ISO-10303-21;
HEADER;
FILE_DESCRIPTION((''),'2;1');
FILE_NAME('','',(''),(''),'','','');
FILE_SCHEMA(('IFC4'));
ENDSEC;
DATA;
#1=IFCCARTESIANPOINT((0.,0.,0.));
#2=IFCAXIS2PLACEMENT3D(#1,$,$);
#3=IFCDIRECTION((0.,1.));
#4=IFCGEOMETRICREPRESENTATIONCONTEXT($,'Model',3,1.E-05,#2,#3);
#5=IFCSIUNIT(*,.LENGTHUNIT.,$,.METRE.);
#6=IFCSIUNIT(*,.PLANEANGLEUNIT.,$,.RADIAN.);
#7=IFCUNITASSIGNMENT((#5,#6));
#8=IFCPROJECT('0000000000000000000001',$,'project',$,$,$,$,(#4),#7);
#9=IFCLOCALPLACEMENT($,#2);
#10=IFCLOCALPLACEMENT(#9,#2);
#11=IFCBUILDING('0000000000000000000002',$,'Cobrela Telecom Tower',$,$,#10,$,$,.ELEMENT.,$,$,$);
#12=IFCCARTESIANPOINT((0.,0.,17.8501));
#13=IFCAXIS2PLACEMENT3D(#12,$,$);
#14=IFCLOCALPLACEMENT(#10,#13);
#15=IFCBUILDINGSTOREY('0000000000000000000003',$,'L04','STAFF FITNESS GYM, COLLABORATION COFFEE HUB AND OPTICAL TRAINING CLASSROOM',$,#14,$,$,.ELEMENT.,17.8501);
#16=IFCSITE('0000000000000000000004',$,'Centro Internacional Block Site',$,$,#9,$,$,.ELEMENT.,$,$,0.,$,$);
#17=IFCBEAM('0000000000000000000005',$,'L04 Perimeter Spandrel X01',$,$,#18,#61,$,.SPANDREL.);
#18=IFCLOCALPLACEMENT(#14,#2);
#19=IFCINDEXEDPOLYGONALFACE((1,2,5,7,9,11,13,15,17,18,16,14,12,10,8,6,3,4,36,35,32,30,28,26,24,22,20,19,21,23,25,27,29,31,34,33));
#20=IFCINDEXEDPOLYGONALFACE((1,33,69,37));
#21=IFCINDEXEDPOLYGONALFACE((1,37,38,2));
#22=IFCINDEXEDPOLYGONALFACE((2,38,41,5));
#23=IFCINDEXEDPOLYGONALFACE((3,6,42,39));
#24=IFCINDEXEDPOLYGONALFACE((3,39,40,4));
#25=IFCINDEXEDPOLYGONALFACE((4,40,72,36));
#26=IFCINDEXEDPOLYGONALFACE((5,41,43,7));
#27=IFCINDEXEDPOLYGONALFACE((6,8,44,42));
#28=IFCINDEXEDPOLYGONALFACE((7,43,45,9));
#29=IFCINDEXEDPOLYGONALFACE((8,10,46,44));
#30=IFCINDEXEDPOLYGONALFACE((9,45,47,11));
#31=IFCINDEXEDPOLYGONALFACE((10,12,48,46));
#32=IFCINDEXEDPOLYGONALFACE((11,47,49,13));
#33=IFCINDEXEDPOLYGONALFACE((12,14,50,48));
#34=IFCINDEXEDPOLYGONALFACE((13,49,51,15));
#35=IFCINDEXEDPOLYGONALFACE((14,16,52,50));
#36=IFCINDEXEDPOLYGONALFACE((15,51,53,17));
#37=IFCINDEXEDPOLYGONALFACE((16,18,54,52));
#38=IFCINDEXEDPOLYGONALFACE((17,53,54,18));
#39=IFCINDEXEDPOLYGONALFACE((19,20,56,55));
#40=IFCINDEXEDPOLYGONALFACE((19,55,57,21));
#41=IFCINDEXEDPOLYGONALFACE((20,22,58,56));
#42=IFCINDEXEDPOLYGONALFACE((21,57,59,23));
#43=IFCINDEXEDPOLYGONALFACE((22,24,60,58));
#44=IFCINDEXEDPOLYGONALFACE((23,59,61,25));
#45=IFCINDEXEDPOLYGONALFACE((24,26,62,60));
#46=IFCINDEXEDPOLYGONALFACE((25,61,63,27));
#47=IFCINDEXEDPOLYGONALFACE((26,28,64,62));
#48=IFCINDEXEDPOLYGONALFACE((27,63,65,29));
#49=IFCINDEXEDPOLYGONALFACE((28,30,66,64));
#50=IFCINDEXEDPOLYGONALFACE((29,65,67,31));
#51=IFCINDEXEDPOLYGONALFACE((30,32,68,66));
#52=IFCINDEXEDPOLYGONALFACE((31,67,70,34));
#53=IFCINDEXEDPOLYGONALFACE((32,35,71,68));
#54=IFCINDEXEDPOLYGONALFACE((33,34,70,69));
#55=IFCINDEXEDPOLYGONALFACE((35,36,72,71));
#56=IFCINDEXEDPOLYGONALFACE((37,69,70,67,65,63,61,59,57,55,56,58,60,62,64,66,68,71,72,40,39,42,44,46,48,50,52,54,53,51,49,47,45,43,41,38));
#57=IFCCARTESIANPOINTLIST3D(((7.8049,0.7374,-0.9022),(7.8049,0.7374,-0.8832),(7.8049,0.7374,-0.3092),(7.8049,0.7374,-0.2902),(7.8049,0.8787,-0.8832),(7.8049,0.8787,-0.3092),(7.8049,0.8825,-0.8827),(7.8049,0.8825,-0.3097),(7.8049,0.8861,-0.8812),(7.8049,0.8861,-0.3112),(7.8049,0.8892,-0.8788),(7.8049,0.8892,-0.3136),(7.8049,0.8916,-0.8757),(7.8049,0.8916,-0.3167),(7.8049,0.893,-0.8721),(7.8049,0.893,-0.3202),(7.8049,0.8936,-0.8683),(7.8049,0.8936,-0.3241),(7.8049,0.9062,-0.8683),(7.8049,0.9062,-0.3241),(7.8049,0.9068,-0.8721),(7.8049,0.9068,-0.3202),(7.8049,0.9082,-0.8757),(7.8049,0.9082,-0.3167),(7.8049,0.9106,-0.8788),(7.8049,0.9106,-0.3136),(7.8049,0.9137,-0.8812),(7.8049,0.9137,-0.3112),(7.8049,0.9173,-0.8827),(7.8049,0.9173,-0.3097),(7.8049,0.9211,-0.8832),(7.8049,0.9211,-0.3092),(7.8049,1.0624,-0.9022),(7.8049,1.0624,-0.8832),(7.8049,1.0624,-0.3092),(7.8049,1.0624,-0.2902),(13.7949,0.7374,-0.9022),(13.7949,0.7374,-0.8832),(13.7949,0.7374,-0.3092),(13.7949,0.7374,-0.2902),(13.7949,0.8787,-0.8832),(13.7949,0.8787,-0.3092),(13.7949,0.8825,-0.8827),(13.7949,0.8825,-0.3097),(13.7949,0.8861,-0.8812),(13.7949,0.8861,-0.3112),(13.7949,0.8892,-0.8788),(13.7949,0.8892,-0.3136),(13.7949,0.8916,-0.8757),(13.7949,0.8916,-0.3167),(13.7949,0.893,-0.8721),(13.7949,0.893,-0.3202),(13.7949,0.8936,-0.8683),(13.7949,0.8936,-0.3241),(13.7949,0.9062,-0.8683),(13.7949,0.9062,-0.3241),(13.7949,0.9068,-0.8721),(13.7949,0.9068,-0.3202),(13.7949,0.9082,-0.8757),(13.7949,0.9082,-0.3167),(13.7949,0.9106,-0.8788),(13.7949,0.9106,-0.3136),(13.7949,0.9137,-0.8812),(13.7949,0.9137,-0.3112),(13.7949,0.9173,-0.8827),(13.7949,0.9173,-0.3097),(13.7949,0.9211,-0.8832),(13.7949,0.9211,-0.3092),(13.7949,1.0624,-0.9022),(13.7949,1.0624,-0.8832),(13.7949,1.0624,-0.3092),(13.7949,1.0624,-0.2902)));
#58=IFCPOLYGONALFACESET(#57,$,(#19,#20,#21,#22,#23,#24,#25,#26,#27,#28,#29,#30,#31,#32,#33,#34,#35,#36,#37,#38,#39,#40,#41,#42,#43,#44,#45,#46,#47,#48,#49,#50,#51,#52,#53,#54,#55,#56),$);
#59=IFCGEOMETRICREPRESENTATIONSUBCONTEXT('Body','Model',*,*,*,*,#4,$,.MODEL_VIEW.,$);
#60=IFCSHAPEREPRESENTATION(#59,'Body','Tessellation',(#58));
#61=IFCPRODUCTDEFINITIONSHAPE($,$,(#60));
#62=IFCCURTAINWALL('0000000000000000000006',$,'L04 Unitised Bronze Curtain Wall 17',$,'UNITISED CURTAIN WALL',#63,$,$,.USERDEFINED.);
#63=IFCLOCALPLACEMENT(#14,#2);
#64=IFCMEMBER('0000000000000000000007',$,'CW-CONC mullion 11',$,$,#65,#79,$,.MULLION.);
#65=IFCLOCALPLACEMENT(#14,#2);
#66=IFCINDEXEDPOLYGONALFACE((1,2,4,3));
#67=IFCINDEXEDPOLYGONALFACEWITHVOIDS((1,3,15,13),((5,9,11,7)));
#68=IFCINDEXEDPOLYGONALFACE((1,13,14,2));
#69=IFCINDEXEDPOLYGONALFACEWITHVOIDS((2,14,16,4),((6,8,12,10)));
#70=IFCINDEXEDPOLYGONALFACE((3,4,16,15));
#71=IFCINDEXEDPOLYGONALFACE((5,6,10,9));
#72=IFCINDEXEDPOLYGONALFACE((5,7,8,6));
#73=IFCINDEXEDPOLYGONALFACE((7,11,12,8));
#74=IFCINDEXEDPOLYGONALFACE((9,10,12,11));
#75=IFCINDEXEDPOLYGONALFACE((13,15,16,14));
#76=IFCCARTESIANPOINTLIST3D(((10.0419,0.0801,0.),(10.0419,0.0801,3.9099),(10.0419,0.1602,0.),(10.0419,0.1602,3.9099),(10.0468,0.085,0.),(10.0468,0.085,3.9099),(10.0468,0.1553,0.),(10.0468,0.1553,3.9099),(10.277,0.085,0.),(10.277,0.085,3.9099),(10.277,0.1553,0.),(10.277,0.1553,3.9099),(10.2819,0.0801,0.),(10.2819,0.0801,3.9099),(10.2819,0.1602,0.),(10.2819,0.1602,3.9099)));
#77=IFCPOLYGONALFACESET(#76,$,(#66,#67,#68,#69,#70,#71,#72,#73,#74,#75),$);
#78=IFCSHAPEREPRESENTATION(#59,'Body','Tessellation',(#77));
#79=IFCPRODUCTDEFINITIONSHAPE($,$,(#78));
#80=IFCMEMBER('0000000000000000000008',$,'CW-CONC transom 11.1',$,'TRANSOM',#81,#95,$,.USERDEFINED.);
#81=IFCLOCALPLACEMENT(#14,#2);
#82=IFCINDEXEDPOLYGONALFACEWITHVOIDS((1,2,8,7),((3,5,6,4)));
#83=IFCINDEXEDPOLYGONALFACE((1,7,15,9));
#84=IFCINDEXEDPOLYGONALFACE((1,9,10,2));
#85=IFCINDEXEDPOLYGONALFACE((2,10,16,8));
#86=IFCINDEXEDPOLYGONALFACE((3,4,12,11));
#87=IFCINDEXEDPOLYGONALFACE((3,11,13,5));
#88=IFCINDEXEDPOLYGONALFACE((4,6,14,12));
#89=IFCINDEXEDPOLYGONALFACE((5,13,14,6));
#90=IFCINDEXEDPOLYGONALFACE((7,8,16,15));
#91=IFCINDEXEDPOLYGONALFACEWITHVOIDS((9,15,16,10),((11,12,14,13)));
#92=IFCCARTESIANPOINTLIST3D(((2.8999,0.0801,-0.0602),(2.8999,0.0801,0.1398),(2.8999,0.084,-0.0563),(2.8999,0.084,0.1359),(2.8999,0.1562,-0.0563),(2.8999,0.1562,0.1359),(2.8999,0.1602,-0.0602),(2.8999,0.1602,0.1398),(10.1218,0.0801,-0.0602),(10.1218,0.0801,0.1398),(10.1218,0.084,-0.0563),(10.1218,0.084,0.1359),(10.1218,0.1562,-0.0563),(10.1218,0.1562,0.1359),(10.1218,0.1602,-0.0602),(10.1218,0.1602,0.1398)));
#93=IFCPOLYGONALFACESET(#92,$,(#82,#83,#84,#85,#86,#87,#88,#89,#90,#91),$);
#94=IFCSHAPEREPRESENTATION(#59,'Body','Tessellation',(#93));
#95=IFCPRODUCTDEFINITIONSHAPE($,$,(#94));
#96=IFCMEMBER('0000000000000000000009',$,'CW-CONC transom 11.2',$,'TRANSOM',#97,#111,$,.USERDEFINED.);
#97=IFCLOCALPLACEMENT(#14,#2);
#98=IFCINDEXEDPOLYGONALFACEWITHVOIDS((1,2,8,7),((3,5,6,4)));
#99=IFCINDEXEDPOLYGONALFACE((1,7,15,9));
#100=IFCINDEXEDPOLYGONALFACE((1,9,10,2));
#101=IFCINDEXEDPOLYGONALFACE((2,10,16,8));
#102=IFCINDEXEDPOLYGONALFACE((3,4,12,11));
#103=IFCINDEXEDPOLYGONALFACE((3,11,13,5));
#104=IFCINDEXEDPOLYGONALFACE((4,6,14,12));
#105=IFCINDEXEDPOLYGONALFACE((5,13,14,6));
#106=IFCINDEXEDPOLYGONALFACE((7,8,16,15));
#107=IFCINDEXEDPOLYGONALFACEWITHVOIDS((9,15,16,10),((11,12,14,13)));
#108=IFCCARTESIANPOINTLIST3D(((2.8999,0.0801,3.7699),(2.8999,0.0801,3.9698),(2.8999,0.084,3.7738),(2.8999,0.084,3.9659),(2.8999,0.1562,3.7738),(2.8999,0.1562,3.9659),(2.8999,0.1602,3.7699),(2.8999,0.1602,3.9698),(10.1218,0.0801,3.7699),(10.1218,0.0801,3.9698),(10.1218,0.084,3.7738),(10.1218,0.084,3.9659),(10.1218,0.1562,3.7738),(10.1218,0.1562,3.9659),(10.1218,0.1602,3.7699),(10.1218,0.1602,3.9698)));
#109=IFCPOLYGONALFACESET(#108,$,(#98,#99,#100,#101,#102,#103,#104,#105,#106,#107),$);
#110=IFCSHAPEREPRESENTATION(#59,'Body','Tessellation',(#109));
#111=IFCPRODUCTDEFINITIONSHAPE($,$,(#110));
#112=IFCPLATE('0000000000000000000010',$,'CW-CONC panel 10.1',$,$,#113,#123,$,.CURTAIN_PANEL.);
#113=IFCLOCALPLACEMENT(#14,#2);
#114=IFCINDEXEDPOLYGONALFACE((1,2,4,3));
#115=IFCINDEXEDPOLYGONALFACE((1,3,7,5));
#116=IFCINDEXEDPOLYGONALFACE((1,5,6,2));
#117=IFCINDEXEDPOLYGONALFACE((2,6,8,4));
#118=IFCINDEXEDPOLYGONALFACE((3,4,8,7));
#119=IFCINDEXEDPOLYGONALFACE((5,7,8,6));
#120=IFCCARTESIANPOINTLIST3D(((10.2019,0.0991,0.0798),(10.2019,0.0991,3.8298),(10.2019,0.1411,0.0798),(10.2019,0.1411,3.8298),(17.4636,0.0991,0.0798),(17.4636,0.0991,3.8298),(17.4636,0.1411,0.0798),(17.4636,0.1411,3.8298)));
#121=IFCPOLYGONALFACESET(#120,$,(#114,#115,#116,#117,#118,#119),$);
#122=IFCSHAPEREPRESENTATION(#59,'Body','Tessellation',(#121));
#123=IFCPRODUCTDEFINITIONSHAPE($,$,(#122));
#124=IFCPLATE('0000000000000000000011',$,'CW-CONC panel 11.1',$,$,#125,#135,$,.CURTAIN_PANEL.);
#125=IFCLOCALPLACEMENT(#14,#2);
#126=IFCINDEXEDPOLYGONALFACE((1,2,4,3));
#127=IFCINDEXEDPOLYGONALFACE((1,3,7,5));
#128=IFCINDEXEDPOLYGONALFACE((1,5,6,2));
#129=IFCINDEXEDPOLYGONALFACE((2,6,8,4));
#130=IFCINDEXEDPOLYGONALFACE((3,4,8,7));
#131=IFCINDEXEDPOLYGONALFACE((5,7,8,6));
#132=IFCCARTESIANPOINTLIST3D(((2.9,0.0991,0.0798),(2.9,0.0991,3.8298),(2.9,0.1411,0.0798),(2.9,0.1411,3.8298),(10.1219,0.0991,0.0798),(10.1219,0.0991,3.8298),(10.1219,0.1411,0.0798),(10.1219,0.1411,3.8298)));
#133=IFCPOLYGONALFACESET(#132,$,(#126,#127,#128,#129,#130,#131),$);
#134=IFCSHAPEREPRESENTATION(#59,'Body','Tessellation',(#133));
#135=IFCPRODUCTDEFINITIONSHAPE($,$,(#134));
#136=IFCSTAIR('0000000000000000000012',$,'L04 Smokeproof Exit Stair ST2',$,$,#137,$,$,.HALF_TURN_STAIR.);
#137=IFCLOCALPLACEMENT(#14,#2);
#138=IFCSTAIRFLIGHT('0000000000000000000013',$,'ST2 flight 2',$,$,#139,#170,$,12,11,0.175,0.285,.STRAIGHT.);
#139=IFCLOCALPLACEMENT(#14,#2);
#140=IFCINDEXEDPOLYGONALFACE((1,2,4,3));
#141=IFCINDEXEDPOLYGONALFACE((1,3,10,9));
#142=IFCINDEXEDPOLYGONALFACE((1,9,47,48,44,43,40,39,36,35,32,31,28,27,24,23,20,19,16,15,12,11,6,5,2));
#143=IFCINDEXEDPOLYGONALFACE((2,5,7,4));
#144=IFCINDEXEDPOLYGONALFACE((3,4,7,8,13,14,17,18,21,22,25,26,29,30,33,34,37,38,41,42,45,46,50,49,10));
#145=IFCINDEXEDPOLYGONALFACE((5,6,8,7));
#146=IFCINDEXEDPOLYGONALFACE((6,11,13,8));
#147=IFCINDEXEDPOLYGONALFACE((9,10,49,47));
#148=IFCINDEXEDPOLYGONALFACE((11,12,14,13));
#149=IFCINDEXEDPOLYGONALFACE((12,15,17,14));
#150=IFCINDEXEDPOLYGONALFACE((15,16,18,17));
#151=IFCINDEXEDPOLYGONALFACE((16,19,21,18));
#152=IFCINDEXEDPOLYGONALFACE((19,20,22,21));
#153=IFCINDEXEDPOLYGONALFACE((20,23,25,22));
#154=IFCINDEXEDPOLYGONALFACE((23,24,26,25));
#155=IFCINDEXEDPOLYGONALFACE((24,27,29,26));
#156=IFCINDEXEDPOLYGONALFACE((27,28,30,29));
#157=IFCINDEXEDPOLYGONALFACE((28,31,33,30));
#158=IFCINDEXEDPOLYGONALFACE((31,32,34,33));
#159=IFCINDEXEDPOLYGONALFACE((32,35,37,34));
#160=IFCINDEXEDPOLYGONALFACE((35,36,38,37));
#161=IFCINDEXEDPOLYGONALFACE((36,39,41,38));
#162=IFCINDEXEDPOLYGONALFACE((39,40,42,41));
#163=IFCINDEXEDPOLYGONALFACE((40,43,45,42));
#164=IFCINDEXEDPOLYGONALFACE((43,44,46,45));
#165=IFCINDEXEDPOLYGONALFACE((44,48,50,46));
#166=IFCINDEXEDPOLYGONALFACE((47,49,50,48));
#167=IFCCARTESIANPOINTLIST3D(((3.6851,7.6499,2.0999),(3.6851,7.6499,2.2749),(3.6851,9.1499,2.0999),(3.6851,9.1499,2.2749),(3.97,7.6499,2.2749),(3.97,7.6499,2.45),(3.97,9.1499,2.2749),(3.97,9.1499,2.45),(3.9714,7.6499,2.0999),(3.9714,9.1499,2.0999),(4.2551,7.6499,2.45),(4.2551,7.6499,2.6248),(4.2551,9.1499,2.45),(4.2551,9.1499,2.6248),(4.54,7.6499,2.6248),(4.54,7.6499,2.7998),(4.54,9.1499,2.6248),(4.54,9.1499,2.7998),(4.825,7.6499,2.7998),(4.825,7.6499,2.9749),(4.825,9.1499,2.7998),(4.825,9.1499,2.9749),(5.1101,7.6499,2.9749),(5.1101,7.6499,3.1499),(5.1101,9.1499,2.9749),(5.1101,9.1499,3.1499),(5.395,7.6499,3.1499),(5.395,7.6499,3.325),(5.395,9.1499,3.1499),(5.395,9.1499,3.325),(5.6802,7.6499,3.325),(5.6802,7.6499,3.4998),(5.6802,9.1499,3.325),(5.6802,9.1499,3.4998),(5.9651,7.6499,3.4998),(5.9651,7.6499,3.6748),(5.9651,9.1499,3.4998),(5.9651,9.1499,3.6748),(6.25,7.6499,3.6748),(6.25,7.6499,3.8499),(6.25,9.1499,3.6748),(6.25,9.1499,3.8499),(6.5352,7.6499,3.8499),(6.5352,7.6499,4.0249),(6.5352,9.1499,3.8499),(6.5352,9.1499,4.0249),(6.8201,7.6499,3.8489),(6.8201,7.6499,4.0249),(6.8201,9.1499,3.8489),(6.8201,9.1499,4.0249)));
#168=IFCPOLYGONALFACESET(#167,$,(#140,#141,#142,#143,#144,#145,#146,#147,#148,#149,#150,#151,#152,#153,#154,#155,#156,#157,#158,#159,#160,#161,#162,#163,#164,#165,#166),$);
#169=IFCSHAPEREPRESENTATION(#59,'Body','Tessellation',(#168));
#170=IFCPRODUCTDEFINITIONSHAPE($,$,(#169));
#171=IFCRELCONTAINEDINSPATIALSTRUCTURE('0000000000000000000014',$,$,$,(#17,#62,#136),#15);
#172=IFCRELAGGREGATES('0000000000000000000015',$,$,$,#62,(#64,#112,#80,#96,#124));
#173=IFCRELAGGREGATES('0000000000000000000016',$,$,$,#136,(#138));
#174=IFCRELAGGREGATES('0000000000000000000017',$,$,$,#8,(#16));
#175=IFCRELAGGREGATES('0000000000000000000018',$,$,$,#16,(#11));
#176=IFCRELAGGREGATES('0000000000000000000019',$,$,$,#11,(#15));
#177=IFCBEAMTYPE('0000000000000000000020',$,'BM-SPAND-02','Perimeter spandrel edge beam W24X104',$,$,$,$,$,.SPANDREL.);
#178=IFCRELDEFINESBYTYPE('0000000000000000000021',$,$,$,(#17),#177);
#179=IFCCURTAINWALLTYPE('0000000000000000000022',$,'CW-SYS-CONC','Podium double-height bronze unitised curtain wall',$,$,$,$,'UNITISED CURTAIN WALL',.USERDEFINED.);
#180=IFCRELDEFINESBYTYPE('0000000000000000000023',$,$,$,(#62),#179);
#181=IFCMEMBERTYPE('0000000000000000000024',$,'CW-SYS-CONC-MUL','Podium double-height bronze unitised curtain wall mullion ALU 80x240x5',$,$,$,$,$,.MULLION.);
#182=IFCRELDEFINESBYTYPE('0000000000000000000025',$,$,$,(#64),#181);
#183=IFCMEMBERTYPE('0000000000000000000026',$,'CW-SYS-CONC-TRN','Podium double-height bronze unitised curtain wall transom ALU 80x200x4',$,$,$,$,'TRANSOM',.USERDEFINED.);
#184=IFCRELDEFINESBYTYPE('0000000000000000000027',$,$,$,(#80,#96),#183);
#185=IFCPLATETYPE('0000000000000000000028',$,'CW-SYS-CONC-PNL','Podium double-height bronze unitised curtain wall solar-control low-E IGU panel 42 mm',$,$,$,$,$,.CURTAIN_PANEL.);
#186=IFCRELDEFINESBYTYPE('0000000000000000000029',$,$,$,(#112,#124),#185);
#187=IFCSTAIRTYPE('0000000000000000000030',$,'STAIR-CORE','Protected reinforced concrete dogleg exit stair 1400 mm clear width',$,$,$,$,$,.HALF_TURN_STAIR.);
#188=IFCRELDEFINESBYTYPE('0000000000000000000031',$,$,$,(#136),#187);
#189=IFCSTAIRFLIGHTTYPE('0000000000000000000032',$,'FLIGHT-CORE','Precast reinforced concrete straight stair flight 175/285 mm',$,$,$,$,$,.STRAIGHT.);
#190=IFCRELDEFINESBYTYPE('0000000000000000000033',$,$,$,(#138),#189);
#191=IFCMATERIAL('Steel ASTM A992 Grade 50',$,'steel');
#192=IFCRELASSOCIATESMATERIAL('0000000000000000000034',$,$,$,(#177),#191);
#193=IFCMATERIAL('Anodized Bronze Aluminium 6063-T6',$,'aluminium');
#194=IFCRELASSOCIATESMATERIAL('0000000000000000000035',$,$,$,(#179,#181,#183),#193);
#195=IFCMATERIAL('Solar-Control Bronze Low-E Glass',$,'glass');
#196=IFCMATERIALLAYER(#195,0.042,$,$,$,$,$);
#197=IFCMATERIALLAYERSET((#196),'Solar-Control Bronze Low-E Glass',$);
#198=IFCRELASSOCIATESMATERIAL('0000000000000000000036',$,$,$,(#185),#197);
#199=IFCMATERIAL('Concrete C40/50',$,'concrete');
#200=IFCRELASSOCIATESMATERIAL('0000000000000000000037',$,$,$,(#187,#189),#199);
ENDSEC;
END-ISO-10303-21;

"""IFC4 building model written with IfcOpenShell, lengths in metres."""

from ifc_helpers import new_model, si_unit, direction, frame, origin, origin_2d, place, context, subcontext, project, spatial, polyline, rectangle, hollow_rectangle, i_section, outline, extrude, material, layer, layer_set, material_profile, profile_set, type_object, element, aggregate, save


model = new_model("IFC4")

# Units and contexts
model_context = context("Model", 3, precision=1e-05, world=origin(), true_north=direction((0.0, 1.0)))
body_context = subcontext(model_context, "Body", "Model", "MODEL_VIEW")
ifc_project = project(units=[si_unit("LENGTHUNIT", "METRE"), si_unit("PLANEANGLEUNIT", "RADIAN")], contexts=[model_context])

# Site, building, storey
site_placement = place(None, origin())
site = spatial("IfcSite", under=ifc_project, at=site_placement, Name="Centro Internacional Block Site", CompositionType="ELEMENT", RefElevation=0.0)
building_placement = place(site_placement, origin())
building = spatial("IfcBuilding", under=site, at=building_placement, Name="Cobrela Telecom Tower", CompositionType="ELEMENT")
storey_placement = place(building_placement, frame((0.0, 0.0, 17.8501)))
storey = spatial("IfcBuildingStorey", under=building, at=storey_placement, Name="L04", Description="STAFF FITNESS GYM, COLLABORATION COFFEE HUB AND OPTICAL TRAINING CLASSROOM", CompositionType="ELEMENT", Elevation=17.8501)

# Beam
ifc_material_1 = material(Name="Steel ASTM A992 Grade 50", Category="steel")
ifc_material_profile_1 = material_profile(ifc_material_1, i_section(OverallWidth=0.325, OverallDepth=0.6121, WebThickness=0.0127, FlangeThickness=0.019, FilletRadius=0.0149, at=origin_2d()), Name="W24X104")
ifc_profile_set_1 = profile_set([ifc_material_profile_1], Name="Steel ASTM A992 Grade 50")
beam_type_1 = type_object("IfcBeamType", Name="BM-SPAND-02", Description="Perimeter spandrel edge beam W24X104", PredefinedType="SPANDREL", material=ifc_profile_set_1)
beam_1_placement = place(storey_placement, frame((7.8049, 0.8999, -0.5962), z_axis=(1.0, 0.0, 0.0), x_axis=(0.0, 1.0, 0.0)))
element("IfcBeam", 1, at=beam_1_placement, inside=storey, type_object=beam_type_1, Name="L04 Perimeter Spandrel X01", PredefinedType="SPANDREL", context=body_context, shape_type="SweptSolid", body=[
    extrude(i_section(OverallWidth=0.325, OverallDepth=0.6121, WebThickness=0.0127, FlangeThickness=0.019, FilletRadius=0.0149, at=origin_2d()), origin(), (0.0, 0.0, 1.0), 5.99),
])

# Curtain wall, members, plates
ifc_material_2 = material(Name="Anodized Bronze Aluminium 6063-T6", Category="aluminium")
curtain_wall_type = type_object("IfcCurtainWallType", Name="CW-SYS-CONC", Description="Podium double-height bronze unitised curtain wall", ElementType="UNITISED CURTAIN WALL", PredefinedType="USERDEFINED", material=ifc_material_2)
curtain_wall_placement = place(storey_placement, origin())
curtain_wall = element("IfcCurtainWall", 2, at=curtain_wall_placement, inside=storey, type_object=curtain_wall_type, Name="L04 Unitised Bronze Curtain Wall 17", ObjectType="UNITISED CURTAIN WALL", PredefinedType="USERDEFINED")
ifc_material_profile_2 = material_profile(ifc_material_2, hollow_rectangle(XDim=0.0801, YDim=0.24, WallThickness=0.0049, at=origin_2d()), Name="ALU 80x240x5")
ifc_profile_set_2 = profile_set([ifc_material_profile_2], Name="Anodized Bronze Aluminium 6063-T6")
member_type_1 = type_object("IfcMemberType", Name="CW-SYS-CONC-MUL", Description="Podium double-height bronze unitised curtain wall mullion ALU 80x240x5", PredefinedType="MULLION", material=ifc_profile_set_2)
member_1_placement = place(storey_placement, frame((10.1619, 0.1201, 0.0), z_axis=(0.0, 0.0, 1.0), x_axis=(0.0, -1.0, 0.0)))
member_1 = element("IfcMember", 3, at=member_1_placement, type_object=member_type_1, Name="CW-CONC mullion 11", PredefinedType="MULLION", context=body_context, shape_type="SweptSolid", body=[
    extrude(hollow_rectangle(XDim=0.0801, YDim=0.24, WallThickness=0.0049, at=origin_2d()), origin(), (0.0, 0.0, 1.0), 3.9099),
])
ifc_material_profile_3 = material_profile(ifc_material_2, hollow_rectangle(XDim=0.0801, YDim=0.2, WallThickness=0.0039, at=origin_2d()), Name="ALU 80x200x4")
ifc_profile_set_3 = profile_set([ifc_material_profile_3], Name="Anodized Bronze Aluminium 6063-T6")
member_type_2 = type_object("IfcMemberType", Name="CW-SYS-CONC-TRN", Description="Podium double-height bronze unitised curtain wall transom ALU 80x200x4", ElementType="TRANSOM", PredefinedType="USERDEFINED", material=ifc_profile_set_3)
member_2_placement = place(storey_placement, frame((10.1218, 0.1201, 0.0398), z_axis=(-1.0, 0.0, 0.0), x_axis=(0.0, -1.0, 0.0)))
member_2 = element("IfcMember", 4, at=member_2_placement, type_object=member_type_2, Name="CW-CONC transom 11.1", ObjectType="TRANSOM", PredefinedType="USERDEFINED", context=body_context, shape_type="SweptSolid", body=[
    extrude(hollow_rectangle(XDim=0.0801, YDim=0.2, WallThickness=0.0039, at=origin_2d()), origin(), (0.0, 0.0, 1.0), 7.2219),
])
member_3_placement = place(storey_placement, frame((10.1218, 0.1201, 3.8699), z_axis=(-1.0, 0.0, 0.0), x_axis=(0.0, -1.0, 0.0)))
member_3 = element("IfcMember", 5, at=member_3_placement, type_object=member_type_2, Name="CW-CONC transom 11.2", ObjectType="TRANSOM", PredefinedType="USERDEFINED", context=body_context, shape_type="SweptSolid", body=[
    extrude(hollow_rectangle(XDim=0.0801, YDim=0.2, WallThickness=0.0039, at=origin_2d()), origin(), (0.0, 0.0, 1.0), 7.2219),
])
ifc_material_3 = material(Name="Solar-Control Bronze Low-E Glass", Category="glass")
ifc_layer_1 = layer(ifc_material_3, 0.042)
ifc_layer_set_1 = layer_set([ifc_layer_1], Name="Solar-Control Bronze Low-E Glass")
plate_type = type_object("IfcPlateType", Name="CW-SYS-CONC-PNL", Description="Podium double-height bronze unitised curtain wall solar-control low-E IGU panel 42 mm", PredefinedType="CURTAIN_PANEL", material=ifc_layer_set_1)
plate_1_placement = place(storey_placement, frame((13.8328, 0.1201, 0.0798), z_axis=(0.0, 0.0, 1.0), x_axis=(-1.0, 0.0, 0.0)))
plate_1 = element("IfcPlate", 6, at=plate_1_placement, type_object=plate_type, Name="CW-CONC panel 10.1", PredefinedType="CURTAIN_PANEL", context=body_context, shape_type="SweptSolid", body=[
    extrude(rectangle(XDim=7.2617, YDim=0.042, at=origin_2d()), origin(), (0.0, 0.0, 1.0), 3.75),
])
plate_2_placement = place(storey_placement, frame((6.511, 0.1201, 0.0798), z_axis=(0.0, 0.0, 1.0), x_axis=(-1.0, 0.0, 0.0)))
plate_2 = element("IfcPlate", 7, at=plate_2_placement, type_object=plate_type, Name="CW-CONC panel 11.1", PredefinedType="CURTAIN_PANEL", context=body_context, shape_type="SweptSolid", body=[
    extrude(rectangle(XDim=7.2219, YDim=0.042, at=origin_2d()), origin(), (0.0, 0.0, 1.0), 3.75),
])
aggregate(curtain_wall, [member_1, plate_1, member_2, member_3, plate_2])

# Shared definitions
ifc_material_4 = material(Name="Concrete C40/50", Category="concrete")

# Stair, stair flight
stair_type = type_object("IfcStairType", Name="STAIR-CORE", Description="Protected reinforced concrete dogleg exit stair 1400 mm clear width", PredefinedType="HALF_TURN_STAIR", material=ifc_material_4)
stair_placement = place(storey_placement, origin())
stair = element("IfcStair", 8, at=stair_placement, inside=storey, type_object=stair_type, Name="L04 Smokeproof Exit Stair ST2", PredefinedType="HALF_TURN_STAIR")
stair_flight_type = type_object("IfcStairFlightType", Name="FLIGHT-CORE", Description="Precast reinforced concrete straight stair flight 175/285 mm", PredefinedType="STRAIGHT", material=ifc_material_4)
stair_flight_placement = place(storey_placement, frame((3.6851, 8.3999, 2.0999), z_axis=(0.0, 0.0, 1.0), x_axis=(1.0, 0.0, 0.0)))
stair_flight = element("IfcStairFlight", 9, at=stair_flight_placement, type_object=stair_flight_type, Name="ST2 flight 2", NumberOfRisers=12, NumberOfTreads=11, PredefinedType="STRAIGHT", RiserHeight=0.175, TreadLength=0.285, context=body_context, shape_type="SweptSolid", body=[
    extrude(outline(polyline([(0.0, 0.0), (0.0, 0.175), (0.2849, 0.175), (0.2849, 0.3501), (0.5701, 0.3501), (0.5701, 0.5249), (0.855, 0.5249), (0.855, 0.7), (1.1399, 0.7), (1.1399, 0.875), (1.425, 0.875), (1.425, 1.05), (1.71, 1.05), (1.71, 1.2251), (1.9951, 1.2251), (1.9951, 1.3999), (2.28, 1.3999), (2.28, 1.575), (2.5649, 1.575), (2.5649, 1.75), (2.8501, 1.75), (2.8501, 1.925), (3.135, 1.925), (3.135, 2.1001), (3.135, 1.749), (0.2864, 0.0), (0.0, 0.0)])), frame((0.0, 0.75, 0.0), z_axis=(0.0, -1.0, 0.0), x_axis=(1.0, 0.0, 0.0)), (0.0, 0.0, 1.0), 1.5),
])
aggregate(stair, [stair_flight])

save(model, "model.ifc")
